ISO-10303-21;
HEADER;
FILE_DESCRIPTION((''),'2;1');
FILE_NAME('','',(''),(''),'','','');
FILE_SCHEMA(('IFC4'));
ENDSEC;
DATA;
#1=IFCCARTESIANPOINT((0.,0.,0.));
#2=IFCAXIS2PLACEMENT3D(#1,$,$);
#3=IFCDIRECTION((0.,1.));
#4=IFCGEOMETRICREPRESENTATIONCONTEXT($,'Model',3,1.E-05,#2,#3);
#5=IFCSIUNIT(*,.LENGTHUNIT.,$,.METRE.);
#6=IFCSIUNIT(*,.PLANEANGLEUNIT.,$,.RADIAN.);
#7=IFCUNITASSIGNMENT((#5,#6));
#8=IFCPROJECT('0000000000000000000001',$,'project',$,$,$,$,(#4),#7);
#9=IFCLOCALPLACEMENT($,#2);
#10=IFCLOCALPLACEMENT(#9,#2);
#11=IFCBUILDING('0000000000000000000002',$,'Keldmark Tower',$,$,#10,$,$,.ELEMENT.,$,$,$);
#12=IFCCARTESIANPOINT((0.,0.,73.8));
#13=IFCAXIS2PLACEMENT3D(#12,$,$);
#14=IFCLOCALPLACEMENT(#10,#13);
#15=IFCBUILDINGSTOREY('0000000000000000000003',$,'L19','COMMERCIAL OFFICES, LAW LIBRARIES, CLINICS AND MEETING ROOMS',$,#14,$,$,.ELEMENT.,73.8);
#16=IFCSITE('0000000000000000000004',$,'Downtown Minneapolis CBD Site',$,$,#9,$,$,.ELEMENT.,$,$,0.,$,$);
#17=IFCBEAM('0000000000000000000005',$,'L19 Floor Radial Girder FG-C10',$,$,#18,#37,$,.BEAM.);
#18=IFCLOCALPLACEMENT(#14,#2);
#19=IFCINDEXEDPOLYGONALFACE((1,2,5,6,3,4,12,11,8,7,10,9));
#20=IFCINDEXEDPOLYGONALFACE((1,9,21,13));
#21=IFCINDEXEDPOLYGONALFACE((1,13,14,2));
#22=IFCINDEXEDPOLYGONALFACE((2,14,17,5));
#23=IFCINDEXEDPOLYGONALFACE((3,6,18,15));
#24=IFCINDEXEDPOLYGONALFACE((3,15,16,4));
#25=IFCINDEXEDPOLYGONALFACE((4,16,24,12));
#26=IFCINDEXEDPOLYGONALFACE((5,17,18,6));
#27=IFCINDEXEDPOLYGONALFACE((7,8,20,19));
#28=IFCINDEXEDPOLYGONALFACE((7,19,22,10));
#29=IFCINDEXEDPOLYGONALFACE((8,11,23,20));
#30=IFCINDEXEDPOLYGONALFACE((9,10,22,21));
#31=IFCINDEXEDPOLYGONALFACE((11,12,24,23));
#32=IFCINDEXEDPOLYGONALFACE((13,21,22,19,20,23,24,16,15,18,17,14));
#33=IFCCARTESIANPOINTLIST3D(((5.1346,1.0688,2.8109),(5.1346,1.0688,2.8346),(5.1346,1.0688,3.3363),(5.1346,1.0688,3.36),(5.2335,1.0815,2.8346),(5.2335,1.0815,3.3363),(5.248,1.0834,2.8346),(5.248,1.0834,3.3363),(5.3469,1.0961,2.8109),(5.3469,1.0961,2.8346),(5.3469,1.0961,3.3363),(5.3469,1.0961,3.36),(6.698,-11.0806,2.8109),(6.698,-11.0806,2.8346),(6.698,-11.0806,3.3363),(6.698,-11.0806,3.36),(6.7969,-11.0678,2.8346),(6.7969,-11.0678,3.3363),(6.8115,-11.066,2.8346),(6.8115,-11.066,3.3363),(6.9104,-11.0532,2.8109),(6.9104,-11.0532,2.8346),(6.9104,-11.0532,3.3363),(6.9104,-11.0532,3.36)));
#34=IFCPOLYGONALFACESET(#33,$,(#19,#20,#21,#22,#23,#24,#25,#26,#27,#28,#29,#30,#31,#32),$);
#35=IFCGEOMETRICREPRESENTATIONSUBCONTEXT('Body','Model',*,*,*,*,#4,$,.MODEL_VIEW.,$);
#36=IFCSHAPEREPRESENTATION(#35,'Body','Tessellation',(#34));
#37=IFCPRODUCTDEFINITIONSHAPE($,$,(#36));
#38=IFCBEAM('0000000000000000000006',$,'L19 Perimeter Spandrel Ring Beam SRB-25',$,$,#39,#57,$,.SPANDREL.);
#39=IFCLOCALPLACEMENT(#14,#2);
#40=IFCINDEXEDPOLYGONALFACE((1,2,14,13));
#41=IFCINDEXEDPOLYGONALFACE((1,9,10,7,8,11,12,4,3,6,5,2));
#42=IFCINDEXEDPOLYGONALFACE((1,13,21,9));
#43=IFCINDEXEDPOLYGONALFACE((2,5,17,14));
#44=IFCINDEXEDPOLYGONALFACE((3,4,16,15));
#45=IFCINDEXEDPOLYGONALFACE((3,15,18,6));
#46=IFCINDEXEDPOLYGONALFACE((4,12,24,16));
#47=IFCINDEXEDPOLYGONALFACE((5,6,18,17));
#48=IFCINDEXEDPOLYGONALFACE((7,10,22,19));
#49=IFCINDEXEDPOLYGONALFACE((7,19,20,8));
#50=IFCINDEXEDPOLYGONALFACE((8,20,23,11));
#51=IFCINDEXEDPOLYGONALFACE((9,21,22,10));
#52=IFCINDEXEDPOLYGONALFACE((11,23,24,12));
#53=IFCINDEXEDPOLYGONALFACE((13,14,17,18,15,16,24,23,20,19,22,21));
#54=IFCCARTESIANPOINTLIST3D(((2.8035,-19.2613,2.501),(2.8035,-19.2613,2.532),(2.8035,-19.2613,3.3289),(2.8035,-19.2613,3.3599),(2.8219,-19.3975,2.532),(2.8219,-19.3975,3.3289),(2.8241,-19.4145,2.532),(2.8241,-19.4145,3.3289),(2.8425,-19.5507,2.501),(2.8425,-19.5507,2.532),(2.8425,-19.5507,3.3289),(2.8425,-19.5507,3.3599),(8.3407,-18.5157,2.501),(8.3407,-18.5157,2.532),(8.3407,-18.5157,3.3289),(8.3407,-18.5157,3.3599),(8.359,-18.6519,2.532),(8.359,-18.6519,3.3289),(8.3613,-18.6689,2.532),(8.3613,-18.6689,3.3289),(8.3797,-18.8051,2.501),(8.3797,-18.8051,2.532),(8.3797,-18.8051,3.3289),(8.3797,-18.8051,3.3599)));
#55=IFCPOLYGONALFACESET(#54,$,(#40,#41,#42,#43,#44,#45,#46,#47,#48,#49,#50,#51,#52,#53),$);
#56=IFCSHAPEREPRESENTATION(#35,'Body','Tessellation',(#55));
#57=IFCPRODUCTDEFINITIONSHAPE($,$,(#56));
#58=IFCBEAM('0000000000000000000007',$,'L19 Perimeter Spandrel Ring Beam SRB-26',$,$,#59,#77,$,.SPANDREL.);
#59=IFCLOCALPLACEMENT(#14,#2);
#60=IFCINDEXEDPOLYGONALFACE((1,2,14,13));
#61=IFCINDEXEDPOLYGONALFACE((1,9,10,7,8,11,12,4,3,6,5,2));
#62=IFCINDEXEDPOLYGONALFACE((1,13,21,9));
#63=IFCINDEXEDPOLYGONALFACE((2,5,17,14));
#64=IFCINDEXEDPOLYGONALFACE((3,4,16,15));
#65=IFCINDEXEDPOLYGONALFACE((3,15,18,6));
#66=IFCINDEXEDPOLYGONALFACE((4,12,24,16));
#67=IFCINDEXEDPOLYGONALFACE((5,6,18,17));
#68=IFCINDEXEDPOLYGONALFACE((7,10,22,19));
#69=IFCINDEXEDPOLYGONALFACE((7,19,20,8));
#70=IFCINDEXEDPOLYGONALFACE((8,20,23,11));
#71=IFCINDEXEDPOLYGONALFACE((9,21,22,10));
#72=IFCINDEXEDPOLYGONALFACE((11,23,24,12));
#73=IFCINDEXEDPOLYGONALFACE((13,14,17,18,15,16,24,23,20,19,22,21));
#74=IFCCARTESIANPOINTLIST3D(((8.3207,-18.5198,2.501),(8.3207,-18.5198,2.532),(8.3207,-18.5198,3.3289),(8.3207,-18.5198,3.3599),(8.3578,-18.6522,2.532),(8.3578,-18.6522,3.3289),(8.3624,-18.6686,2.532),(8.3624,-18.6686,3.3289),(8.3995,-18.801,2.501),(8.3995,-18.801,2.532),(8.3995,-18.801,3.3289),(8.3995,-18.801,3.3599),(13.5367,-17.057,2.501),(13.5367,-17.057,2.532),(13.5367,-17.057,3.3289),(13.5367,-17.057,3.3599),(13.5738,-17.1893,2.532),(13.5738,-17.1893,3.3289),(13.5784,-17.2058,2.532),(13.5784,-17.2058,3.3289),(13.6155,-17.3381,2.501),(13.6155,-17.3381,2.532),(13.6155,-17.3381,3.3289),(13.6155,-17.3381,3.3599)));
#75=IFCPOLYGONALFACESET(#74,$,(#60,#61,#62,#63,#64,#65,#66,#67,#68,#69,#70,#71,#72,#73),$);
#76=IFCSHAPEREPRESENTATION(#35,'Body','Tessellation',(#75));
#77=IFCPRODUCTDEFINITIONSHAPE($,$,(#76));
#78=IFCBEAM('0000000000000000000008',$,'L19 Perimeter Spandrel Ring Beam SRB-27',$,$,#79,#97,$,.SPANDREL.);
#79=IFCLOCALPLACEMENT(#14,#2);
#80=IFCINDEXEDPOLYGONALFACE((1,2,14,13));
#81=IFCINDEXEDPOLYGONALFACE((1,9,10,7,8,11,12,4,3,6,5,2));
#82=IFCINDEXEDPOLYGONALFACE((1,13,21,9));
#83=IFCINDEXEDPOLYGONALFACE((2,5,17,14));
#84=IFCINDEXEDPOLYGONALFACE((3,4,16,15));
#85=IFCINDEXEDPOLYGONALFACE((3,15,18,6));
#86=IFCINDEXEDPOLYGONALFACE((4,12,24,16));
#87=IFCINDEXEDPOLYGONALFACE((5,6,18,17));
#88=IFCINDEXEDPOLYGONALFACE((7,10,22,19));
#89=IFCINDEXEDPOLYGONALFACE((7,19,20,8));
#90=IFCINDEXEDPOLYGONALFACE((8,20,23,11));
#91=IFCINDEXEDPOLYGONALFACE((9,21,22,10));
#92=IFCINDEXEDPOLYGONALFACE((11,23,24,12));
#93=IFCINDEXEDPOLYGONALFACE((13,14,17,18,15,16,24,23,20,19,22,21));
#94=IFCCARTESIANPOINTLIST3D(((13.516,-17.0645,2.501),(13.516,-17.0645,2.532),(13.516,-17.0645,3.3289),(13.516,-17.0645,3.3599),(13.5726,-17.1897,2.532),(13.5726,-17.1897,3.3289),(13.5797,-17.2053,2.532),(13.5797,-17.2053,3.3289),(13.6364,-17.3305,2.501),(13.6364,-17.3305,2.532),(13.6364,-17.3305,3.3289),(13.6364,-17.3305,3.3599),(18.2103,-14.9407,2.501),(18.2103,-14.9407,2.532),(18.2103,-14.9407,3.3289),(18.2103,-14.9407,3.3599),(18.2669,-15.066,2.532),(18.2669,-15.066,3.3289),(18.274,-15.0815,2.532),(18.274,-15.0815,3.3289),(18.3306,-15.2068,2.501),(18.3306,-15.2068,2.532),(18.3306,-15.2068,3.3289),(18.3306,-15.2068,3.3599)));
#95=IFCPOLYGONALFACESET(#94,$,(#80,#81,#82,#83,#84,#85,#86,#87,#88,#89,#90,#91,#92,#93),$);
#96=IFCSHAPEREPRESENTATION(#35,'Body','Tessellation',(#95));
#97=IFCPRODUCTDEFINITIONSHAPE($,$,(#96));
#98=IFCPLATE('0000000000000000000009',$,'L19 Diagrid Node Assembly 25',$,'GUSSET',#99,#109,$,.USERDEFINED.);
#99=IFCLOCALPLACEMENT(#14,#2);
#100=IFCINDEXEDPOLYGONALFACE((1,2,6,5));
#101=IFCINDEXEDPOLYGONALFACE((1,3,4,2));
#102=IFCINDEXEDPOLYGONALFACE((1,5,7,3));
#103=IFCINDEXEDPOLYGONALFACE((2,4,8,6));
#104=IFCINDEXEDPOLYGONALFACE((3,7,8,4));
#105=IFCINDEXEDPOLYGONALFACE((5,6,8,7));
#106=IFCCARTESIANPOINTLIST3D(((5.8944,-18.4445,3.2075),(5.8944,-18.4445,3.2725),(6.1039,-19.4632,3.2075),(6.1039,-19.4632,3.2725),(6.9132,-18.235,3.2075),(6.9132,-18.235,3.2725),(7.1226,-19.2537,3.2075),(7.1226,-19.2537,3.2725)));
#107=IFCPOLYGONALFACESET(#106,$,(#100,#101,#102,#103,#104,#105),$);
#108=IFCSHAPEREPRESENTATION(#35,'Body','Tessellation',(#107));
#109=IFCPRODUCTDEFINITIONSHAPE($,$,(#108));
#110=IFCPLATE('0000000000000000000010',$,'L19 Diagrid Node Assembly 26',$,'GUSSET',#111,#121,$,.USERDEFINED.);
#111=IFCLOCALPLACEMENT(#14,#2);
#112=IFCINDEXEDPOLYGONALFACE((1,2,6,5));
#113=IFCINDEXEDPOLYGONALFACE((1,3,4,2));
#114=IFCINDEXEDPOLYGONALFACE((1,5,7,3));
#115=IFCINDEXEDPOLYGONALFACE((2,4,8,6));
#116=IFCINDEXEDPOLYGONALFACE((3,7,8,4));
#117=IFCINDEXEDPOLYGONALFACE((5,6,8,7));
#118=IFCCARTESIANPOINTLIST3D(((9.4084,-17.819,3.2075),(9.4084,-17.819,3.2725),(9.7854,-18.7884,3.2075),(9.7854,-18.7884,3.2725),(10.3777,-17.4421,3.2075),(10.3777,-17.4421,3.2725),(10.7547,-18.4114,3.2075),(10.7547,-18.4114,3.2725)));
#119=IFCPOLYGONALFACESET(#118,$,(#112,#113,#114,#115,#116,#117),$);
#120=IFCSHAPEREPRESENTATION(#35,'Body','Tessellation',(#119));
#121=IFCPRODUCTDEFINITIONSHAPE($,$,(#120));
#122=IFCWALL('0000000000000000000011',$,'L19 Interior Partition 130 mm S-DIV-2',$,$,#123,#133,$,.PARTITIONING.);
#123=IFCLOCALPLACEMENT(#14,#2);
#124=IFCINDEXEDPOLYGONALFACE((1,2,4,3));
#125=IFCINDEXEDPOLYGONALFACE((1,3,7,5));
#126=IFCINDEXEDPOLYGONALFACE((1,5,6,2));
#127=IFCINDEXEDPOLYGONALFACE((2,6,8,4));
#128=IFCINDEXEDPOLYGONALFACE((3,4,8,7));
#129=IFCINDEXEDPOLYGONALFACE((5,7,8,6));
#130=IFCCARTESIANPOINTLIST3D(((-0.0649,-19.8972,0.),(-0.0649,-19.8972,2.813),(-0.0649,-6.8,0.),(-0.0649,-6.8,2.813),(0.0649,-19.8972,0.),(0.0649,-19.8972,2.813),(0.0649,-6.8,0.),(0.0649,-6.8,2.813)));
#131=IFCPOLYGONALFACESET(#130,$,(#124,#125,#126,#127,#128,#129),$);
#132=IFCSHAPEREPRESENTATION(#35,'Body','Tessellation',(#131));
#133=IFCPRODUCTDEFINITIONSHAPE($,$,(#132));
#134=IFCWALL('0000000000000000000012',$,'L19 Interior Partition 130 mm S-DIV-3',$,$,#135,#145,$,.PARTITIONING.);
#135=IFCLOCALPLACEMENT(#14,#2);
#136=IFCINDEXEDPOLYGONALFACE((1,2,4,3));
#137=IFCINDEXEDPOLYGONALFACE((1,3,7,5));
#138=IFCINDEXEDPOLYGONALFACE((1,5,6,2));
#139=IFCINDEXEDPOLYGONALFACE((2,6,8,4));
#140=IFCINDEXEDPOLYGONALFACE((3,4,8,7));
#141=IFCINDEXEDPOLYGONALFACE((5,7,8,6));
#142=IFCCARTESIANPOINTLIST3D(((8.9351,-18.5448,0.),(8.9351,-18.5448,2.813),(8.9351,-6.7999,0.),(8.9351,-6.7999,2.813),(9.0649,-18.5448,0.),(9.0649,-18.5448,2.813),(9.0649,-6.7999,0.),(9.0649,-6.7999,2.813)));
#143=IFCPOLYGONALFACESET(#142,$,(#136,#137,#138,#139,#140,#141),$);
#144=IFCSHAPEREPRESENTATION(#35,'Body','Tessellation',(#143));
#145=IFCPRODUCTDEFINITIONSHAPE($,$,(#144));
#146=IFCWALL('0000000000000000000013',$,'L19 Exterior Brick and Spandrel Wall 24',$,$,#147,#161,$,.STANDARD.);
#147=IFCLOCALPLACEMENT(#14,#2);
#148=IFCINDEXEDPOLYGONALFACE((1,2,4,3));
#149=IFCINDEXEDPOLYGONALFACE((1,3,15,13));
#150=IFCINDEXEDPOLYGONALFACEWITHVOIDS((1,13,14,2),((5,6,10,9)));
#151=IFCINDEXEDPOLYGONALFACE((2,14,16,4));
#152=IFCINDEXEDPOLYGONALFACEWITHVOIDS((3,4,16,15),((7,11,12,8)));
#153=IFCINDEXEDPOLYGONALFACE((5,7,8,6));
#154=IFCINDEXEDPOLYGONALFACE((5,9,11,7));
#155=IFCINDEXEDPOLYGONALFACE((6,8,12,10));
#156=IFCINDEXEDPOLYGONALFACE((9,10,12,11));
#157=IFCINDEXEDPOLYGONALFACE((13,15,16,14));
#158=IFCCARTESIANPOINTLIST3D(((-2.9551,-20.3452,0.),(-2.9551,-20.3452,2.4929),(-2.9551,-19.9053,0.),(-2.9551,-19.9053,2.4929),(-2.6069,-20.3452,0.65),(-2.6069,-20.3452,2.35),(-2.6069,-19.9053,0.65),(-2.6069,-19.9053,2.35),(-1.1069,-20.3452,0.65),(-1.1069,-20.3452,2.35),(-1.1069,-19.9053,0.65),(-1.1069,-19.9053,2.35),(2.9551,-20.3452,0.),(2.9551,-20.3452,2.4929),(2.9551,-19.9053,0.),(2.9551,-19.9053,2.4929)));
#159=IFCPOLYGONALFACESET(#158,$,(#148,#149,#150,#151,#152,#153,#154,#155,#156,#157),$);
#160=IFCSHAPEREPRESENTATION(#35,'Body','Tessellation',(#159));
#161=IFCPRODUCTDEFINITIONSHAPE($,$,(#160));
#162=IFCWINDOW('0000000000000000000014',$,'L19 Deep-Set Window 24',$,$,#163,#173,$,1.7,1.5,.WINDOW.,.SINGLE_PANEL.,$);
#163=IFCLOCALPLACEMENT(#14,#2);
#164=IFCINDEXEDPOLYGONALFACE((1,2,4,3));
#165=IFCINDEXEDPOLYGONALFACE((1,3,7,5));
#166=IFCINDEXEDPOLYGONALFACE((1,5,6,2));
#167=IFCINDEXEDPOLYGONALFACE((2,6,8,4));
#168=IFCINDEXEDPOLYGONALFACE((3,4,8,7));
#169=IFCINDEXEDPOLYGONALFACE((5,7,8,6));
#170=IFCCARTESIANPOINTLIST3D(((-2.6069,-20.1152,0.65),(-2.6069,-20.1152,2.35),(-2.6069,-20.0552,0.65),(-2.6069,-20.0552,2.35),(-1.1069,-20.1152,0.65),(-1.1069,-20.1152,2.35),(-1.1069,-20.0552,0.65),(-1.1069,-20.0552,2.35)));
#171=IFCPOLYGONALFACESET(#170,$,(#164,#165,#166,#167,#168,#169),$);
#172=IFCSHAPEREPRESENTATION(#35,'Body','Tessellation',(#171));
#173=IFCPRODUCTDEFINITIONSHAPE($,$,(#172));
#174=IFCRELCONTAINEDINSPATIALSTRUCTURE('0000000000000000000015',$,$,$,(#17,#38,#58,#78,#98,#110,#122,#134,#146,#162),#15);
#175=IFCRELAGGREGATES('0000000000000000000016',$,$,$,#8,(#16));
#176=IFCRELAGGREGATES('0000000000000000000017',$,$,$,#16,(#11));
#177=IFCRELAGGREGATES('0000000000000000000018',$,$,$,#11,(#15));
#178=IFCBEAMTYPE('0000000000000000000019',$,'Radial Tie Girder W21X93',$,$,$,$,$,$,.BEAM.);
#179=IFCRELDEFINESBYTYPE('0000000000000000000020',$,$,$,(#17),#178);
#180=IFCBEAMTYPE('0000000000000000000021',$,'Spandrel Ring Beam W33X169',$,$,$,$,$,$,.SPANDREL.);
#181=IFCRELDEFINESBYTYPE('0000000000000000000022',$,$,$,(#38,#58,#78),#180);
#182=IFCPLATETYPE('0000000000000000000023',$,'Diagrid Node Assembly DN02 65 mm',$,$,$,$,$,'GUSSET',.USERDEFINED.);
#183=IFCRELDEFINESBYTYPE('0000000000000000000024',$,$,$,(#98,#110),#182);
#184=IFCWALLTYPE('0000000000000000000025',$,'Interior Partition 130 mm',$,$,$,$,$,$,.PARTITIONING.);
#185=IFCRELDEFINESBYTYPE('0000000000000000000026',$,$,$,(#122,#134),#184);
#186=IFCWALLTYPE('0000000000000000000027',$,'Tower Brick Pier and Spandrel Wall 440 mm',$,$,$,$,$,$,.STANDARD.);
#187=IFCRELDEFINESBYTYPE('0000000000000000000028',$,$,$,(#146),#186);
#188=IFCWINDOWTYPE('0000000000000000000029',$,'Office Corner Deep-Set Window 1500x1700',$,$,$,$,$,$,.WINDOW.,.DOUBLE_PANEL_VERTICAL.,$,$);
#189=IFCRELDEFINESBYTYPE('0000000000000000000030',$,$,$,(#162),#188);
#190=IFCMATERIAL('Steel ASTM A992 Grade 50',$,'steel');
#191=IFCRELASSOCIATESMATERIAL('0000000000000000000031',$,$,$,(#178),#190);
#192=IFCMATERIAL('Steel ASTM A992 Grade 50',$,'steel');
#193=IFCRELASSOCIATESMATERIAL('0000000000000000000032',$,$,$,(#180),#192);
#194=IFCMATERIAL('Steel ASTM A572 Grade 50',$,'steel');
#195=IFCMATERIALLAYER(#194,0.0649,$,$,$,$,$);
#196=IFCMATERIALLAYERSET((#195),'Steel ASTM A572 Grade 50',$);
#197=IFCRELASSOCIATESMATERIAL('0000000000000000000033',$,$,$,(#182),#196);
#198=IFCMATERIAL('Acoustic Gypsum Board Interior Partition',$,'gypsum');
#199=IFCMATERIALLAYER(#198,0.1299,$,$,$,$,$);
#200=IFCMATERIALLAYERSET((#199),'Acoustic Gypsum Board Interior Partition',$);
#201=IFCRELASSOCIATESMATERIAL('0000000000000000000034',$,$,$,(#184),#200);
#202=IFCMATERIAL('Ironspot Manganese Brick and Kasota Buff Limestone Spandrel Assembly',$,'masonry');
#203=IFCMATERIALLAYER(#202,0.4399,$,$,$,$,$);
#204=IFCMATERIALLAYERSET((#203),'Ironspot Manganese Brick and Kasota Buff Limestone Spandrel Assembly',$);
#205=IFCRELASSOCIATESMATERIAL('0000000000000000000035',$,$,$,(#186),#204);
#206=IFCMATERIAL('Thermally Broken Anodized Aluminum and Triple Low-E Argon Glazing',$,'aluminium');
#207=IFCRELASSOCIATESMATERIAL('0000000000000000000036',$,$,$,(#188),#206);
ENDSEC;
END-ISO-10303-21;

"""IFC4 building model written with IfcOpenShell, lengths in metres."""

from ifc_helpers import new_model, si_unit, direction, frame, frame_2d, origin, origin_2d, place, context, subcontext, project, spatial, rectangle, i_section, extrude, material, layer, layer_set, material_profile, profile_set, type_object, element, fill, save


model = new_model("IFC4")

# Units and contexts
model_context = context("Model", 3, precision=1e-05, world=origin(), true_north=direction((0.0, 1.0)))
body_context = subcontext(model_context, "Body", "Model", "MODEL_VIEW")
ifc_project = project(units=[si_unit("LENGTHUNIT", "METRE"), si_unit("PLANEANGLEUNIT", "RADIAN")], contexts=[model_context])

# Site, building, storey
site_placement = place(None, origin())
site = spatial("IfcSite", under=ifc_project, at=site_placement, Name="Downtown Minneapolis CBD Site", CompositionType="ELEMENT", RefElevation=0.0)
building_placement = place(site_placement, origin())
building = spatial("IfcBuilding", under=site, at=building_placement, Name="Keldmark Tower", CompositionType="ELEMENT")
storey_placement = place(building_placement, frame((0.0, 0.0, 73.8)))
storey = spatial("IfcBuildingStorey", under=building, at=storey_placement, Name="L19", Description="COMMERCIAL OFFICES, LAW LIBRARIES, CLINICS AND MEETING ROOMS", CompositionType="ELEMENT", Elevation=73.8)

# Beams
ifc_material_1 = material(Name="Steel ASTM A992 Grade 50", Category="steel")
ifc_material_profile_1 = material_profile(ifc_material_1, i_section(OverallWidth=0.2141, OverallDepth=0.5491, WebThickness=0.0146, FlangeThickness=0.0237, at=origin_2d()), Name="W21X93")
ifc_profile_set_1 = profile_set([ifc_material_profile_1], Name="Steel ASTM A992 Grade 50")
beam_type_1 = type_object("IfcBeamType", Name="Radial Tie Girder W21X93", PredefinedType="BEAM", material=ifc_profile_set_1)
beam_1_placement = place(storey_placement, frame((6.8042, -11.0669, 3.0854), z_axis=(-0.127635, 0.991821, 0.0), x_axis=(-0.991821, -0.127635, 0.0)))
element("IfcBeam", 1, at=beam_1_placement, inside=storey, type_object=beam_type_1, Name="L19 Floor Radial Girder FG-C10", PredefinedType="BEAM", context=body_context, shape_type="SweptSolid", body=[
    extrude(i_section(OverallWidth=0.2141, OverallDepth=0.5491, WebThickness=0.0146, FlangeThickness=0.0237, at=origin_2d()), origin(), (0.0, 0.0, 1.0), 12.2495),
])
ifc_material_2 = material(Name="Steel ASTM A992 Grade 50", Category="steel")
ifc_material_profile_2 = material_profile(ifc_material_2, i_section(OverallWidth=0.292, OverallDepth=0.8589, WebThickness=0.0171, FlangeThickness=0.031, at=origin_2d()), Name="W33X169")
ifc_profile_set_2 = profile_set([ifc_material_profile_2], Name="Steel ASTM A992 Grade 50")
beam_type_2 = type_object("IfcBeamType", Name="Spandrel Ring Beam W33X169", PredefinedType="SPANDREL", material=ifc_profile_set_2)
beam_2_placement = place(storey_placement, frame((2.823, -19.406, 2.9304), z_axis=(0.991055, 0.133452, 0.0), x_axis=(-0.133452, 0.991055, 0.0)))
element("IfcBeam", 2, at=beam_2_placement, inside=storey, type_object=beam_type_2, Name="L19 Perimeter Spandrel Ring Beam SRB-25", PredefinedType="SPANDREL", context=body_context, shape_type="SweptSolid", body=[
    extrude(i_section(OverallWidth=0.292, OverallDepth=0.8589, WebThickness=0.0171, FlangeThickness=0.031, at=origin_2d()), origin(), (0.0, 0.0, 1.0), 5.5872),
])
beam_3_placement = place(storey_placement, frame((8.3601, -18.6604, 2.9304), z_axis=(0.962849, 0.270039, 0.0), x_axis=(-0.270039, 0.962849, 0.0)))
element("IfcBeam", 3, at=beam_3_placement, inside=storey, type_object=beam_type_2, Name="L19 Perimeter Spandrel Ring Beam SRB-26", PredefinedType="SPANDREL", context=body_context, shape_type="SweptSolid", body=[
    extrude(i_section(OverallWidth=0.292, OverallDepth=0.8589, WebThickness=0.0171, FlangeThickness=0.031, at=origin_2d()), origin(), (0.0, 0.0, 1.0), 5.4172),
])
beam_4_placement = place(storey_placement, frame((13.5762, -17.1975, 2.9304), z_axis=(0.911097, 0.412192, 0.0), x_axis=(-0.412192, 0.911097, 0.0)))
element("IfcBeam", 4, at=beam_4_placement, inside=storey, type_object=beam_type_2, Name="L19 Perimeter Spandrel Ring Beam SRB-27", PredefinedType="SPANDREL", context=body_context, shape_type="SweptSolid", body=[
    extrude(i_section(OverallWidth=0.292, OverallDepth=0.8589, WebThickness=0.0171, FlangeThickness=0.031, at=origin_2d()), origin(), (0.0, 0.0, 1.0), 5.1523),
])

# Plates
ifc_material_3 = material(Name="Steel ASTM A572 Grade 50", Category="steel")
ifc_layer_1 = layer(ifc_material_3, 0.0649)
ifc_layer_set_1 = layer_set([ifc_layer_1], Name="Steel ASTM A572 Grade 50")
plate_type = type_object("IfcPlateType", Name="Diagrid Node Assembly DN02 65 mm", ElementType="GUSSET", PredefinedType="USERDEFINED", material=ifc_layer_set_1)
for number, where, z_axis, x_axis, name in (
    (5, (6.5085, -18.8491, 3.2075), (0.0, 0.0, 1.0), (0.979505, 0.20142, 0.0), "L19 Diagrid Node Assembly 25"),
    (6, (10.0815, -18.1152, 3.2075), (0.0, 0.0, 1.0), (0.932008, 0.362438, 0.0), "L19 Diagrid Node Assembly 26"),
):
    element("IfcPlate", number, at=place(storey_placement, frame(where, z_axis=z_axis, x_axis=x_axis)), inside=storey, type_object=plate_type, Name=name, ObjectType="GUSSET", PredefinedType="USERDEFINED", context=body_context, shape_type="SweptSolid", body=[
        extrude(rectangle(XDim=1.04, YDim=1.04, at=origin_2d()), origin(), (0.0, 0.0, 1.0), 0.0649),
    ])

# Walls
ifc_material_4 = material(Name="Acoustic Gypsum Board Interior Partition", Category="gypsum")
ifc_layer_2 = layer(ifc_material_4, 0.1299)
ifc_layer_set_2 = layer_set([ifc_layer_2], Name="Acoustic Gypsum Board Interior Partition")
wall_type_1 = type_object("IfcWallType", Name="Interior Partition 130 mm", PredefinedType="PARTITIONING", material=ifc_layer_set_2)
wall_1_placement = place(storey_placement, frame((0.0, -19.8972, 0.0), z_axis=(0.0, 0.0, 1.0), x_axis=(0.0, 1.0, 0.0)))
element("IfcWall", 7, at=wall_1_placement, inside=storey, type_object=wall_type_1, Name="L19 Interior Partition 130 mm S-DIV-2", PredefinedType="PARTITIONING", context=body_context, shape_type="SweptSolid", body=[
    extrude(rectangle(XDim=13.0972, YDim=0.1299, at=frame_2d((6.5486, 0.0))), origin(), (0.0, 0.0, 1.0), 2.813),
])
wall_2_placement = place(storey_placement, frame((9.0, -18.5449, 0.0), z_axis=(0.0, 0.0, 1.0), x_axis=(0.0, 1.0, 0.0)))
element("IfcWall", 8, at=wall_2_placement, inside=storey, type_object=wall_type_1, Name="L19 Interior Partition 130 mm S-DIV-3", PredefinedType="PARTITIONING", context=body_context, shape_type="SweptSolid", body=[
    extrude(rectangle(XDim=11.7449, YDim=0.1299, at=frame_2d((5.8726, 0.0))), origin(), (0.0, 0.0, 1.0), 2.813),
])

# Wall, opening, window
ifc_material_5 = material(Name="Ironspot Manganese Brick and Kasota Buff Limestone Spandrel Assembly", Category="masonry")
ifc_layer_3 = layer(ifc_material_5, 0.4399)
ifc_layer_set_3 = layer_set([ifc_layer_3], Name="Ironspot Manganese Brick and Kasota Buff Limestone Spandrel Assembly")
wall_type_2 = type_object("IfcWallType", Name="Tower Brick Pier and Spandrel Wall 440 mm", PredefinedType="STANDARD", material=ifc_layer_set_3)
wall_3_placement = place(storey_placement, frame((2.9551, -20.1252, 0.0), z_axis=(0.0, 0.0, 1.0), x_axis=(-1.0, 0.0, 0.0)))
wall_3 = element("IfcWall", 9, at=wall_3_placement, inside=storey, type_object=wall_type_2, Name="L19 Exterior Brick and Spandrel Wall 24", PredefinedType="STANDARD", context=body_context, shape_type="SweptSolid", body=[
    extrude(rectangle(XDim=5.9102, YDim=0.4399, at=frame_2d((2.9551, 0.0))), origin(), (0.0, 0.0, 1.0), 2.4929),
])
opening_1_placement = place(wall_3_placement, frame((4.062, 0.0, 0.6499)))
opening_1 = element("IfcOpeningElement", 10, at=opening_1_placement, cuts=wall_3, PredefinedType="OPENING", context=body_context, shape_type="SweptSolid", body=[
    extrude(rectangle(XDim=1.5, YDim=1.7, at=frame_2d((0.75, 0.8501))), frame((0.0, 0.23, 0.0), z_axis=(0.0, -1.0, 0.0), x_axis=(1.0, 0.0, 0.0)), (0.0, 0.0, 1.0), 0.46),
])
ifc_material_6 = material(Name="Thermally Broken Anodized Aluminum and Triple Low-E Argon Glazing", Category="aluminium")
window_type_1 = type_object("IfcWindowType", Name="Office Corner Deep-Set Window 1500x1700", PartitioningType="DOUBLE_PANEL_VERTICAL", PredefinedType="WINDOW", material=ifc_material_6)
window_1_placement = place(opening_1_placement, origin())
window_1 = element("IfcWindow", 11, at=window_1_placement, inside=storey, type_object=window_type_1, Name="L19 Deep-Set Window 24", OverallHeight=1.7, OverallWidth=1.5, PartitioningType="SINGLE_PANEL", PredefinedType="WINDOW", context=body_context, shape_type="SweptSolid", body=[
    extrude(rectangle(XDim=1.5, YDim=1.7, at=frame_2d((0.75, 0.8501))), frame((0.0, -0.01, 0.0), z_axis=(0.0, -1.0, 0.0), x_axis=(1.0, 0.0, 0.0)), (0.0, 0.0, 1.0), 0.0601),
])
fill(opening_1, window_1)

save(model, "model.ifc")
